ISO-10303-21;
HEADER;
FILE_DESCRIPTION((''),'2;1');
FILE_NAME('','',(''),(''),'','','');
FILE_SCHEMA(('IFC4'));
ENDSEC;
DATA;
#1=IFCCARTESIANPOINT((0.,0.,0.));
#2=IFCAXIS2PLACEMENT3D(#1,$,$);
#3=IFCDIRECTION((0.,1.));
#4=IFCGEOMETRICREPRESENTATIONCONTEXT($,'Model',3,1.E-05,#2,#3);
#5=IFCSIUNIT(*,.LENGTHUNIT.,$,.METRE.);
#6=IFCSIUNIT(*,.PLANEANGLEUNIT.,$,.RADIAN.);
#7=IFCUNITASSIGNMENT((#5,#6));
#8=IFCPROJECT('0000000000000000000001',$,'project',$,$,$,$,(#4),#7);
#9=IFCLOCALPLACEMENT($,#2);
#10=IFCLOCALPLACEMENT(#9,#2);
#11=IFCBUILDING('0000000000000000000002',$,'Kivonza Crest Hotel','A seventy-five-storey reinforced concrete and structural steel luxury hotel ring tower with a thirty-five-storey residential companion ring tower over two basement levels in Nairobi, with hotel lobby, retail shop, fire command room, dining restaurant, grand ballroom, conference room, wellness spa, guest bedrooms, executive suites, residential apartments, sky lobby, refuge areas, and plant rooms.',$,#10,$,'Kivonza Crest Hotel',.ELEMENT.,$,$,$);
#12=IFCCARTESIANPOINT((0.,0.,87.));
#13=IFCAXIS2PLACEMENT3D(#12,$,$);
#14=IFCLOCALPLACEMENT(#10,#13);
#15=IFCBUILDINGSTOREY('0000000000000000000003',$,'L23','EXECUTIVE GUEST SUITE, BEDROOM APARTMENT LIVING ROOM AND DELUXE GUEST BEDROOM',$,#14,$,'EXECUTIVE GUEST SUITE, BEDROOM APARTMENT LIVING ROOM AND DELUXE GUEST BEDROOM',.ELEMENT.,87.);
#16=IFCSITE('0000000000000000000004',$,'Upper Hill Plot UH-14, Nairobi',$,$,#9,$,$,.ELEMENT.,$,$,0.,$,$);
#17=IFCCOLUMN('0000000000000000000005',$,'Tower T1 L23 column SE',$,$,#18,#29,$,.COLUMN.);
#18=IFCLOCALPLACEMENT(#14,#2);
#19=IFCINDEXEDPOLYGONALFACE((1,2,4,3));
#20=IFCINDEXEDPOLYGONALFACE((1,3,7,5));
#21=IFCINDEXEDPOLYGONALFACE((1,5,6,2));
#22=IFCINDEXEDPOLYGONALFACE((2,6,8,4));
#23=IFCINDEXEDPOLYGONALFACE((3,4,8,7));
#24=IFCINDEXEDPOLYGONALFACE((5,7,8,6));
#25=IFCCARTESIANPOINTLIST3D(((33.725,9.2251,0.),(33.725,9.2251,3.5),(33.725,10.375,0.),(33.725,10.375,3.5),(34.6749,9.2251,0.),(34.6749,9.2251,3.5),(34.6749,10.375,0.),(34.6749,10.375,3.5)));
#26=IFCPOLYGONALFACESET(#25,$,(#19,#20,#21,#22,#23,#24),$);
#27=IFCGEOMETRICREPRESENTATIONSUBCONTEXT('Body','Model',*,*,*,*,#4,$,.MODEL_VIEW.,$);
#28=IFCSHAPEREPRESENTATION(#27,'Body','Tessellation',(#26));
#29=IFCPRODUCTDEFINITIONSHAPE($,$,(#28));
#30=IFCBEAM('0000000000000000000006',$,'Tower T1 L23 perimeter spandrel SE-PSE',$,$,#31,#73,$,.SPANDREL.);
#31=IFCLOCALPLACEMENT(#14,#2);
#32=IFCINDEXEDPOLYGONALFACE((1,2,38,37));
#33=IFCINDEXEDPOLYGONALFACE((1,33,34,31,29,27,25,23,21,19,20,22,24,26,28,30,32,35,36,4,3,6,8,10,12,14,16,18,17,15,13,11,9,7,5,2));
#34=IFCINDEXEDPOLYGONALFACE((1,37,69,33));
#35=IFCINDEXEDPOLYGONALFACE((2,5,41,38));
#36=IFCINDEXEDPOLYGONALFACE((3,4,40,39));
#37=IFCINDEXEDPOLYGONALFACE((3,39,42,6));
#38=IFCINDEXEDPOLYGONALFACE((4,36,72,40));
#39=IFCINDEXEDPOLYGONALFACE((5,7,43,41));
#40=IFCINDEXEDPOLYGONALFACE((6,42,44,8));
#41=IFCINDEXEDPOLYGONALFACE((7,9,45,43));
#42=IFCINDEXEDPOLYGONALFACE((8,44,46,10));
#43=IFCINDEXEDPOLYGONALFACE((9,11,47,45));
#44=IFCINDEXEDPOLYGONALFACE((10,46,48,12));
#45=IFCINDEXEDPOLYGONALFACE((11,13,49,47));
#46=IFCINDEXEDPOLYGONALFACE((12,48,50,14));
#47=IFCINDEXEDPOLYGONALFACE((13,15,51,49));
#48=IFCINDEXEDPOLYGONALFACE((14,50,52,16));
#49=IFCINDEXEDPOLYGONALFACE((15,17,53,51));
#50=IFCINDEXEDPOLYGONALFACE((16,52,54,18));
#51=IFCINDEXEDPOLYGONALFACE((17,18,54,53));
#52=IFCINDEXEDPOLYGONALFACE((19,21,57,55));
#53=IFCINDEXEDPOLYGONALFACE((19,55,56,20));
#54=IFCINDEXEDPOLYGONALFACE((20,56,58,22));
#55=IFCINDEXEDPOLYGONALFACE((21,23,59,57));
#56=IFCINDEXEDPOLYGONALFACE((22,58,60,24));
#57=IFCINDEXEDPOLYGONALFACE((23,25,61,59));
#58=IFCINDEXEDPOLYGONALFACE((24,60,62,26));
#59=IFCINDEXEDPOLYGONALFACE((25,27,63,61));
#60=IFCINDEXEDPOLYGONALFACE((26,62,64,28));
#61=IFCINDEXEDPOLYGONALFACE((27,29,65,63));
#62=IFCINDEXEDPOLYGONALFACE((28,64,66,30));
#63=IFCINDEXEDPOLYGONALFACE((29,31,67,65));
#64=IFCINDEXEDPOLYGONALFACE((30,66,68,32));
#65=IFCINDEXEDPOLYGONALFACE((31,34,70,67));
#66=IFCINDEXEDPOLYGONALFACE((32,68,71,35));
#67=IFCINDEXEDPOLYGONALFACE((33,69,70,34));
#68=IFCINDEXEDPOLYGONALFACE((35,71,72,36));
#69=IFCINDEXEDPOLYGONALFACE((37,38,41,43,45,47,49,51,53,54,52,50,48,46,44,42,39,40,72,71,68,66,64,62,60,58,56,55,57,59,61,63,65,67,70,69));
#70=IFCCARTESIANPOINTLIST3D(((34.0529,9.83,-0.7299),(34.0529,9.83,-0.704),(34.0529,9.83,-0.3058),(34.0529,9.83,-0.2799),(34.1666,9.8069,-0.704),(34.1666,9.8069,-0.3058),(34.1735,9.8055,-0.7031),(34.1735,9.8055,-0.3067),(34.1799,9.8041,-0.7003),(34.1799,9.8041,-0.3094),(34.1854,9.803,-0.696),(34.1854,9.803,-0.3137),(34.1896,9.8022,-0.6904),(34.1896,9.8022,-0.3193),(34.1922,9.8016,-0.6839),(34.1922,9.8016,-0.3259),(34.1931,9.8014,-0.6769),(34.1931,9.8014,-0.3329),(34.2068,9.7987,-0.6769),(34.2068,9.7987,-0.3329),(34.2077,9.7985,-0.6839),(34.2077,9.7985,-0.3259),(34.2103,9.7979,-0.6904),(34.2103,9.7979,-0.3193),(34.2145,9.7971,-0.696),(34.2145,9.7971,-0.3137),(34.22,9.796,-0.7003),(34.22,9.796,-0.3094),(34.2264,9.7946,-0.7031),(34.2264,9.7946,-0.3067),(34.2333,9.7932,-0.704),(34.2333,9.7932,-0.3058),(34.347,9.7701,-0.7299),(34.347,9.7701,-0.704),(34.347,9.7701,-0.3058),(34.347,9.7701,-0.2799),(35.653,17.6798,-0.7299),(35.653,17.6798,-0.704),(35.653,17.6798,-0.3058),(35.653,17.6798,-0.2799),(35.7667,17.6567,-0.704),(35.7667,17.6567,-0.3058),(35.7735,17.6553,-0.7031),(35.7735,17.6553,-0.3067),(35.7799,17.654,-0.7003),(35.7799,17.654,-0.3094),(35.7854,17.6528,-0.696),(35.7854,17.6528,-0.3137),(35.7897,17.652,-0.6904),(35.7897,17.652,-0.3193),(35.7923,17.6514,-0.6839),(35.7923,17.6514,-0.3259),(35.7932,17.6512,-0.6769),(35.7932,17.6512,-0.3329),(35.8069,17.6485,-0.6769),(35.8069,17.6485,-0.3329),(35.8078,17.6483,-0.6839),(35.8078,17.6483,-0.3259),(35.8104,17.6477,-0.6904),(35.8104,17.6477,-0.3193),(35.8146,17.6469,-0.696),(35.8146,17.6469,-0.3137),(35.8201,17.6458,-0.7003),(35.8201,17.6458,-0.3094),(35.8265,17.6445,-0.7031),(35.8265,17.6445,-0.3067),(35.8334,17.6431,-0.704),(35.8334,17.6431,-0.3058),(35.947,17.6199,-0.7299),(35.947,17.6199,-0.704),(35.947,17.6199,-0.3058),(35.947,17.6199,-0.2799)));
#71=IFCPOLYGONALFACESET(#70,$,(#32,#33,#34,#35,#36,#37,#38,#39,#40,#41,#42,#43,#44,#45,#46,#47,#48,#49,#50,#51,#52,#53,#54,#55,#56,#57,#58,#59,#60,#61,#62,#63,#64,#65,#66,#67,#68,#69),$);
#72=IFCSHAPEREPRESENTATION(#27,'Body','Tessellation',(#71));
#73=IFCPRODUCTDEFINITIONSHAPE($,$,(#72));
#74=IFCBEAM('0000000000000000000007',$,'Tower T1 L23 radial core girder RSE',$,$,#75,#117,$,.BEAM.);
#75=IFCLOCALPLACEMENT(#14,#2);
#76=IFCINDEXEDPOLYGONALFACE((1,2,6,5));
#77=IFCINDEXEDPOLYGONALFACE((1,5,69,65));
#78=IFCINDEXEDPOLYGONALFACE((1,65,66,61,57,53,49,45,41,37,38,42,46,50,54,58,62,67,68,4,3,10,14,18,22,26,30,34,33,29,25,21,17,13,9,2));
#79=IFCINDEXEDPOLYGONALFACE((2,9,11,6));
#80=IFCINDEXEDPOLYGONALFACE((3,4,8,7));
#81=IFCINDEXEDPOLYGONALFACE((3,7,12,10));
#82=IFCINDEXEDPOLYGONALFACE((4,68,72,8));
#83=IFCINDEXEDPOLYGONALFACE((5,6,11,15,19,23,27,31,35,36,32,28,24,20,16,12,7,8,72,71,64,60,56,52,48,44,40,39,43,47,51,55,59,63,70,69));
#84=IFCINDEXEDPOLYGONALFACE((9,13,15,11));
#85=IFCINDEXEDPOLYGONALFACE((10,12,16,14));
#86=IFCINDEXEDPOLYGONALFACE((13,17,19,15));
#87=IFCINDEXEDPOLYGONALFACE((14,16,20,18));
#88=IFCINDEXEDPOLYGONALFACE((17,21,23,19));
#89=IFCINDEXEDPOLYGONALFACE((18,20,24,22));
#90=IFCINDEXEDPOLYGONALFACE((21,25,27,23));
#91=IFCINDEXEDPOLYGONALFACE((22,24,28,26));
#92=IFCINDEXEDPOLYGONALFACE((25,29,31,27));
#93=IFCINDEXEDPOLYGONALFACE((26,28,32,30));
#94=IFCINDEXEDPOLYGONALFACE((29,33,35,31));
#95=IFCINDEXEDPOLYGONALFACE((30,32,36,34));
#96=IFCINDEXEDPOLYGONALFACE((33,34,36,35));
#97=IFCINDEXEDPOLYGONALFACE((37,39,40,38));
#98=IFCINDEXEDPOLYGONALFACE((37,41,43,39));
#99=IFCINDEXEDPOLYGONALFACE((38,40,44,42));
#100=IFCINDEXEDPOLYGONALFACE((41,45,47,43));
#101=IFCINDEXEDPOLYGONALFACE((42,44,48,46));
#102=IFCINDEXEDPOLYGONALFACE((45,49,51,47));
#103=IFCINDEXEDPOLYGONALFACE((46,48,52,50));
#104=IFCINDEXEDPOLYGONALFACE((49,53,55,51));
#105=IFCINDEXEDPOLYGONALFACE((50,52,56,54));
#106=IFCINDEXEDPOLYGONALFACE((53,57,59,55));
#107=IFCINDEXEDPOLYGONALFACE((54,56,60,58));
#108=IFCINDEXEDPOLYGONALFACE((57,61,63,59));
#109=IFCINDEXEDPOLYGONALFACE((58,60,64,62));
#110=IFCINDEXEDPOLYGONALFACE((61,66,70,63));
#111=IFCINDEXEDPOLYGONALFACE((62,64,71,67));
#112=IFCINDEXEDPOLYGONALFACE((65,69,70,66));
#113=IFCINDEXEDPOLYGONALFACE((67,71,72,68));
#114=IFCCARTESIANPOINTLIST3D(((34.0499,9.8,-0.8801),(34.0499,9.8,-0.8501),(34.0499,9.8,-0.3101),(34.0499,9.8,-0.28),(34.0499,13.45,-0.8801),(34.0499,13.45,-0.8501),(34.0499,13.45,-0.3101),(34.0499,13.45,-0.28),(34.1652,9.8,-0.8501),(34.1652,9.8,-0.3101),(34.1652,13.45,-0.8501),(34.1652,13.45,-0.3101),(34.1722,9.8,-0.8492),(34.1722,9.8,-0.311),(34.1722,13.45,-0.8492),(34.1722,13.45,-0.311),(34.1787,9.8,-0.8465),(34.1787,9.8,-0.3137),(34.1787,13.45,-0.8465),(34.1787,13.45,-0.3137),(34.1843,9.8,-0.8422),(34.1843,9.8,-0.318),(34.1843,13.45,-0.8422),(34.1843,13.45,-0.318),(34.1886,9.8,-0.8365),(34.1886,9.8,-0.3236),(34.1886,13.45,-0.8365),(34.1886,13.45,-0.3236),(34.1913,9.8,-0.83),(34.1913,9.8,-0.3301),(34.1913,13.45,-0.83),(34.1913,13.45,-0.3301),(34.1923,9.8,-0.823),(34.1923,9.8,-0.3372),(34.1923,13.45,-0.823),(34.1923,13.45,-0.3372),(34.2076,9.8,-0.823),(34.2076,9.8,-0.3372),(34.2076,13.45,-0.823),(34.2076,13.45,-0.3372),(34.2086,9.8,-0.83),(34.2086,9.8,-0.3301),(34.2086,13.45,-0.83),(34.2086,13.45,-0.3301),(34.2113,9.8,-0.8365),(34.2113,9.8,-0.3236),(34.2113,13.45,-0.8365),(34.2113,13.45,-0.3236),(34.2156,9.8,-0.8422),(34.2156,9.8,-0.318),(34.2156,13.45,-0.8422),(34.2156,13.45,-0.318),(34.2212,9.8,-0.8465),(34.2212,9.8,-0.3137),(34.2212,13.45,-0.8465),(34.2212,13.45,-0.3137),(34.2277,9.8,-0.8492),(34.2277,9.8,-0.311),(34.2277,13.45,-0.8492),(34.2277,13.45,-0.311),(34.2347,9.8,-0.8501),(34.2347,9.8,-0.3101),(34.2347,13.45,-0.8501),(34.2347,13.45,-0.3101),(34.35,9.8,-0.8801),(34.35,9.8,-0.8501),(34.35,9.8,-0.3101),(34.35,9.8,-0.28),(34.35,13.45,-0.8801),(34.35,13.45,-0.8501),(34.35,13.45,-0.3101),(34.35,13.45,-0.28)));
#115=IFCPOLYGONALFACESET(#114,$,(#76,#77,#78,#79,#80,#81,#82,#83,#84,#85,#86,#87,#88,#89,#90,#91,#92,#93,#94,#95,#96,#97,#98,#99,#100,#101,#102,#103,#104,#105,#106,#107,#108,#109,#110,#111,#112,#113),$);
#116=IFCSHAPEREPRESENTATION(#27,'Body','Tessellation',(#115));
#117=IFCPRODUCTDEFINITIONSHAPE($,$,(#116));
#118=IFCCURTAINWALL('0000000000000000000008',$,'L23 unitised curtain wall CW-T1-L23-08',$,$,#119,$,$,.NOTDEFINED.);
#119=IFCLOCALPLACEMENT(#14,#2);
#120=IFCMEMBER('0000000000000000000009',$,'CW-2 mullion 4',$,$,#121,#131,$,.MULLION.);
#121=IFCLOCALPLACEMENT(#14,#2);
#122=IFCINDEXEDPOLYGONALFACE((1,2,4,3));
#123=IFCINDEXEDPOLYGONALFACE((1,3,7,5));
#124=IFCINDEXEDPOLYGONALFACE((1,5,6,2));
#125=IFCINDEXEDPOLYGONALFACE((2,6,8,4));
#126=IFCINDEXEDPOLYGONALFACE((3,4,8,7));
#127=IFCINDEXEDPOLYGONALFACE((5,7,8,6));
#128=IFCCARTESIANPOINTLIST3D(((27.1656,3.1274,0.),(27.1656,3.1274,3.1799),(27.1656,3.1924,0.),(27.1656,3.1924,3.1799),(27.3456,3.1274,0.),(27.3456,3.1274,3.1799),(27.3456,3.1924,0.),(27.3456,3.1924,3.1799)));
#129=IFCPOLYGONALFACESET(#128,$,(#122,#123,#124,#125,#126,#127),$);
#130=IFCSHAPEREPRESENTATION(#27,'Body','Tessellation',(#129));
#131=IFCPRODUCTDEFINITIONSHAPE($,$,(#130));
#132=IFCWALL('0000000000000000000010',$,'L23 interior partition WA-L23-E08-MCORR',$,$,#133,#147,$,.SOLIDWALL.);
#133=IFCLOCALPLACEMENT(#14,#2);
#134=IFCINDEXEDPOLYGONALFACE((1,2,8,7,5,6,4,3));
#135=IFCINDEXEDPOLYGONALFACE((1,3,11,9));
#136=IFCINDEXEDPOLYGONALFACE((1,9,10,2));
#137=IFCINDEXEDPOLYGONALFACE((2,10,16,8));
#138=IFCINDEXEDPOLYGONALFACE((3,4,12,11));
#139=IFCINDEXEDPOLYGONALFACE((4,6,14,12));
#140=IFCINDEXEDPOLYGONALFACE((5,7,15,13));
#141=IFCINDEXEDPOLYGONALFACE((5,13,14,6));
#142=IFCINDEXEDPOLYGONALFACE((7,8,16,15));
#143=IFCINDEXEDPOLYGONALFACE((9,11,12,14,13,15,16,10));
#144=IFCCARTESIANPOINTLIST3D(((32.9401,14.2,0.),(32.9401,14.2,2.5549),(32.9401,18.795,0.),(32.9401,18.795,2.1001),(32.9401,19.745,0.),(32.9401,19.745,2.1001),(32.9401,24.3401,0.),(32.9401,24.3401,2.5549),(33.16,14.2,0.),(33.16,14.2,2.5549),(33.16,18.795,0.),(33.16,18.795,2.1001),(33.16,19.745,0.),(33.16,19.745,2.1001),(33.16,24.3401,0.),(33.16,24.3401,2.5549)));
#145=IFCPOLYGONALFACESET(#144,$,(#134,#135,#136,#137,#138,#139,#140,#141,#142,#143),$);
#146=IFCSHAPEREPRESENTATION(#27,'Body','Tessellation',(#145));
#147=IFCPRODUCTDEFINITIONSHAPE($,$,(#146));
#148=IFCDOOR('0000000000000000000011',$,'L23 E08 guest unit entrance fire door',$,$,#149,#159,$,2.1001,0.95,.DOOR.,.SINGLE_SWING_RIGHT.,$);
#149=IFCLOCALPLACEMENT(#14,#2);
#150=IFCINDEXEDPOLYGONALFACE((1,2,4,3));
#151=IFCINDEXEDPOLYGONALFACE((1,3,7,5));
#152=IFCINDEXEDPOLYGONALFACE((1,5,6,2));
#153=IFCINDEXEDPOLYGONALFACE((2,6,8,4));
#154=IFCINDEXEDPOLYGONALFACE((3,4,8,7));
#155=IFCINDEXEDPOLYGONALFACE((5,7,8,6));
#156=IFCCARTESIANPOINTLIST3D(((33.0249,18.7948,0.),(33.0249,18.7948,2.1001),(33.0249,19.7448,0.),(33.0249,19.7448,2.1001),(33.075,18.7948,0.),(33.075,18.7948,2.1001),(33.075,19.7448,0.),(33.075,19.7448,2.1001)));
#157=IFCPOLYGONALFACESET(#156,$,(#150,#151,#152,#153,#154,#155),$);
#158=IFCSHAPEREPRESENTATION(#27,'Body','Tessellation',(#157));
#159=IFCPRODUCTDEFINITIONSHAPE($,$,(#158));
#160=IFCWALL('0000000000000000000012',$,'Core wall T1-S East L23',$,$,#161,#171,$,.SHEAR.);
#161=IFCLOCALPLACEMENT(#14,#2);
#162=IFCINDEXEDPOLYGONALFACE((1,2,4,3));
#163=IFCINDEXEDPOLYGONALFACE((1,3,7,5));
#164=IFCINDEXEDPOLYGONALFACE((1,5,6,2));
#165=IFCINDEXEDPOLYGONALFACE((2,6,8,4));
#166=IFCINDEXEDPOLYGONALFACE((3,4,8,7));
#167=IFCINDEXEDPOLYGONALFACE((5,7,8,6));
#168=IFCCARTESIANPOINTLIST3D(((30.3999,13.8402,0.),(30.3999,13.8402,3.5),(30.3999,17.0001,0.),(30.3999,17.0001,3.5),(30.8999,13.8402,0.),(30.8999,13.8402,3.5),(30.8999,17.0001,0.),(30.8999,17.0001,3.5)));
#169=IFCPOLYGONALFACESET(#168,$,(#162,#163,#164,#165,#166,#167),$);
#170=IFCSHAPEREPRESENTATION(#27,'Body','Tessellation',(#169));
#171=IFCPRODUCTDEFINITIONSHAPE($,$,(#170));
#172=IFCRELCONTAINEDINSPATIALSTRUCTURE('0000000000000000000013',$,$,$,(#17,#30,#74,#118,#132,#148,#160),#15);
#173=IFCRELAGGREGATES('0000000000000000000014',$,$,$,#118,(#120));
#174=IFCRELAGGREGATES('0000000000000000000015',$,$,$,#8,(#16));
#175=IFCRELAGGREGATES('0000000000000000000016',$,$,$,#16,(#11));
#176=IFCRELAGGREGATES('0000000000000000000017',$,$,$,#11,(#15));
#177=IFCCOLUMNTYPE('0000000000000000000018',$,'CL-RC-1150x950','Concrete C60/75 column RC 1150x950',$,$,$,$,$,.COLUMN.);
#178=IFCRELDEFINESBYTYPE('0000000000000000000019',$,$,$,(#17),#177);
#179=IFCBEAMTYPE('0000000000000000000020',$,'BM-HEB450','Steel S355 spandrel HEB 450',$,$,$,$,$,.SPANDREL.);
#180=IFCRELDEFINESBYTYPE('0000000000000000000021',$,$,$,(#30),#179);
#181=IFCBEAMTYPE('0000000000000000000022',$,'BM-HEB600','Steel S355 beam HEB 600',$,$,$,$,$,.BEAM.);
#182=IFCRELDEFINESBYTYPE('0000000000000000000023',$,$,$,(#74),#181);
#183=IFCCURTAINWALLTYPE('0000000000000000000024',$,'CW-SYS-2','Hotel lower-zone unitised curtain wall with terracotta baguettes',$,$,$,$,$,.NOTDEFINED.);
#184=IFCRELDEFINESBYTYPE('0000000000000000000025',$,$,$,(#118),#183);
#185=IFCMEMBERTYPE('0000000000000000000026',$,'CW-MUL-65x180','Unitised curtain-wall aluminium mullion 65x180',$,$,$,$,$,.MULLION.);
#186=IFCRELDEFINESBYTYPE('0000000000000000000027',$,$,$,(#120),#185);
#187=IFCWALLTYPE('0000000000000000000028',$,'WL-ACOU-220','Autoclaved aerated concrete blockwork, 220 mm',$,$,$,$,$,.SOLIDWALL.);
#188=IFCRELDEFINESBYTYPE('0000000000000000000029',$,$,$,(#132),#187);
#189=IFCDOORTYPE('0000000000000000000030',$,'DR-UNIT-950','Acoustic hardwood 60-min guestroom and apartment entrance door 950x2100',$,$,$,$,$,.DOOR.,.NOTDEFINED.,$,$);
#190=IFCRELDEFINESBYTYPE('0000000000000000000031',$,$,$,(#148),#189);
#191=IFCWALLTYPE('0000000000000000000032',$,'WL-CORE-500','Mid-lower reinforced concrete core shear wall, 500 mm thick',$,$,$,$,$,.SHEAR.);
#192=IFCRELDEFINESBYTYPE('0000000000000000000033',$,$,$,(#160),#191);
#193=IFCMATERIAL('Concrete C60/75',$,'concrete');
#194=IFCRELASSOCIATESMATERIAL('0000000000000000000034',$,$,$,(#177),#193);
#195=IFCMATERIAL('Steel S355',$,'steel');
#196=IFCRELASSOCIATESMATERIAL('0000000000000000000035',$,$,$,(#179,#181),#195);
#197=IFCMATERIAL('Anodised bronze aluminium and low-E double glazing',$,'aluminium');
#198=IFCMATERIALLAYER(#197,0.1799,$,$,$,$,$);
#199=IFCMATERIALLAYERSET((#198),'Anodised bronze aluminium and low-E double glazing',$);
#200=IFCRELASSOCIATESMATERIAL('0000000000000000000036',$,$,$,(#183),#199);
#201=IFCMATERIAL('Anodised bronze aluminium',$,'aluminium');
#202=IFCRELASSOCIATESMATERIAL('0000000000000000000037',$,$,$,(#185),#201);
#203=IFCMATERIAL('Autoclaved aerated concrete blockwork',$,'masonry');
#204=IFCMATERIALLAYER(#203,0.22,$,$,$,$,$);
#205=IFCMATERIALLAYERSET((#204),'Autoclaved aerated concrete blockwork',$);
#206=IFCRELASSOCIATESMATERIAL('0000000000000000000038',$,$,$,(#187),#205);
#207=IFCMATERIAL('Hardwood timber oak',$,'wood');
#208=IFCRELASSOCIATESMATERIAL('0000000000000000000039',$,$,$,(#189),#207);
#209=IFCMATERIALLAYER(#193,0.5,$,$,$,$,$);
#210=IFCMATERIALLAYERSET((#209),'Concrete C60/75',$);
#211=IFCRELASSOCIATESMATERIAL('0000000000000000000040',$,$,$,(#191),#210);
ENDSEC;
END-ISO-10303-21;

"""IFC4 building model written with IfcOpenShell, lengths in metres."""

from ifc_helpers import new_model, si_unit, direction, frame, frame_2d, origin, origin_2d, place, context, subcontext, project, spatial, rectangle, i_section, extrude, material, layer, layer_set, material_profile, profile_set, type_object, element, fill, aggregate, save


model = new_model("IFC4")

# Units and contexts
model_context = context("Model", 3, precision=1e-05, world=origin(), true_north=direction((0.0, 1.0)))
body_context = subcontext(model_context, "Body", "Model", "MODEL_VIEW")
ifc_project = project(units=[si_unit("LENGTHUNIT", "METRE"), si_unit("PLANEANGLEUNIT", "RADIAN")], contexts=[model_context])

# Site, building, storey
site_placement = place(None, origin())
site = spatial("IfcSite", under=ifc_project, at=site_placement, Name="Upper Hill Plot UH-14, Nairobi", CompositionType="ELEMENT", RefElevation=0.0)
building_placement = place(site_placement, origin())
building = spatial("IfcBuilding", under=site, at=building_placement, Name="Kivonza Crest Hotel", Description="A seventy-five-storey reinforced concrete and structural steel luxury hotel ring tower with a thirty-five-storey residential companion ring tower over two basement levels in Nairobi, with hotel lobby, retail shop, fire command room, dining restaurant, grand ballroom, conference room, wellness spa, guest bedrooms, executive suites, residential apartments, sky lobby, refuge areas, and plant rooms.", LongName="Kivonza Crest Hotel", CompositionType="ELEMENT")
storey_placement = place(building_placement, frame((0.0, 0.0, 87.0)))
storey = spatial("IfcBuildingStorey", under=building, at=storey_placement, Name="L23", Description="EXECUTIVE GUEST SUITE, BEDROOM APARTMENT LIVING ROOM AND DELUXE GUEST BEDROOM", LongName="EXECUTIVE GUEST SUITE, BEDROOM APARTMENT LIVING ROOM AND DELUXE GUEST BEDROOM", CompositionType="ELEMENT", Elevation=87.0)

# Column
ifc_material_1 = material(Name="Concrete C60/75", Category="concrete")
ifc_material_profile_1 = material_profile(ifc_material_1, rectangle(XDim=0.95, YDim=1.1499, at=origin_2d()), Name="RC 1150x950")
ifc_profile_set_1 = profile_set([ifc_material_profile_1], Name="Concrete C60/75")
column_type = type_object("IfcColumnType", Name="CL-RC-1150x950", Description="Concrete C60/75 column RC 1150x950", PredefinedType="COLUMN", material=ifc_profile_set_1)
column_placement = place(storey_placement, frame((34.2, 9.8, 0.0), z_axis=(0.0, 0.0, 1.0), x_axis=(1.0, 0.0, 0.0)))
element("IfcColumn", 1, at=column_placement, inside=storey, type_object=column_type, Name="Tower T1 L23 column SE", PredefinedType="COLUMN", context=body_context, shape_type="SweptSolid", body=[
    extrude(rectangle(XDim=0.95, YDim=1.1499, at=origin_2d()), origin(), (0.0, 0.0, 1.0), 3.5),
])

# Beams
ifc_material_2 = material(Name="Steel S355", Category="steel")
ifc_material_profile_2 = material_profile(ifc_material_2, i_section(OverallWidth=0.3, OverallDepth=0.45, WebThickness=0.0139, FlangeThickness=0.0259, FilletRadius=0.0271, at=origin_2d()), Name="HEB 450")
ifc_profile_set_2 = profile_set([ifc_material_profile_2], Name="Steel S355")
beam_type_1 = type_object("IfcBeamType", Name="BM-HEB450", Description="Steel S355 spandrel HEB 450", PredefinedType="SPANDREL", material=ifc_profile_set_2)
beam_1_placement = place(storey_placement, frame((34.2, 9.8, -0.5049), z_axis=(0.199731, 0.979851, 0.0), x_axis=(-0.979851, 0.199731, 0.0)))
element("IfcBeam", 2, at=beam_1_placement, inside=storey, type_object=beam_type_1, Name="Tower T1 L23 perimeter spandrel SE-PSE", PredefinedType="SPANDREL", context=body_context, shape_type="SweptSolid", body=[
    extrude(i_section(OverallWidth=0.3, OverallDepth=0.45, WebThickness=0.0139, FlangeThickness=0.0259, FilletRadius=0.0271, at=origin_2d()), origin(), (0.0, 0.0, 1.0), 8.0112),
])
ifc_material_profile_3 = material_profile(ifc_material_2, i_section(OverallWidth=0.3, OverallDepth=0.6001, WebThickness=0.0154, FlangeThickness=0.03, FilletRadius=0.0271, at=origin_2d()), Name="HEB 600")
ifc_profile_set_3 = profile_set([ifc_material_profile_3], Name="Steel S355")
beam_type_2 = type_object("IfcBeamType", Name="BM-HEB600", Description="Steel S355 beam HEB 600", PredefinedType="BEAM", material=ifc_profile_set_3)
beam_2_placement = place(storey_placement, frame((34.2, 9.8, -0.5801), z_axis=(0.0, 1.0, 0.0), x_axis=(-1.0, 0.0, 0.0)))
element("IfcBeam", 3, at=beam_2_placement, inside=storey, type_object=beam_type_2, Name="Tower T1 L23 radial core girder RSE", PredefinedType="BEAM", context=body_context, shape_type="SweptSolid", body=[
    extrude(i_section(OverallWidth=0.3, OverallDepth=0.6001, WebThickness=0.0154, FlangeThickness=0.03, FilletRadius=0.0271, at=origin_2d()), origin(), (0.0, 0.0, 1.0), 3.6499),
])

# Curtain wall, member
ifc_material_3 = material(Name="Anodised bronze aluminium and low-E double glazing", Category="aluminium")
ifc_layer_1 = layer(ifc_material_3, 0.1799)
ifc_layer_set_1 = layer_set([ifc_layer_1], Name="Anodised bronze aluminium and low-E double glazing")
curtain_wall_type = type_object("IfcCurtainWallType", Name="CW-SYS-2", Description="Hotel lower-zone unitised curtain wall with terracotta baguettes", PredefinedType="NOTDEFINED", material=ifc_layer_set_1)
curtain_wall_placement = place(storey_placement, origin())
curtain_wall = element("IfcCurtainWall", 4, at=curtain_wall_placement, inside=storey, type_object=curtain_wall_type, Name="L23 unitised curtain wall CW-T1-L23-08", PredefinedType="NOTDEFINED")
ifc_material_4 = material(Name="Anodised bronze aluminium", Category="aluminium")
ifc_material_profile_4 = material_profile(ifc_material_4, rectangle(XDim=0.0649, YDim=0.1799, at=origin_2d()), Name="CW-M 65x180")
ifc_profile_set_4 = profile_set([ifc_material_profile_4], Name="Anodised bronze aluminium")
member_type = type_object("IfcMemberType", Name="CW-MUL-65x180", Description="Unitised curtain-wall aluminium mullion 65x180", PredefinedType="MULLION", material=ifc_profile_set_4)
member_placement = place(storey_placement, frame((27.2556, 3.1599, 0.0), z_axis=(0.0, 0.0, 1.0), x_axis=(0.0, 1.0, 0.0)))
member = element("IfcMember", 5, at=member_placement, type_object=member_type, Name="CW-2 mullion 4", PredefinedType="MULLION", context=body_context, shape_type="SweptSolid", body=[
    extrude(rectangle(XDim=0.0649, YDim=0.1799, at=origin_2d()), origin(), (0.0, 0.0, 1.0), 3.1799),
])
aggregate(curtain_wall, [member])

# Wall, opening, door
ifc_material_5 = material(Name="Autoclaved aerated concrete blockwork", Category="masonry")
ifc_layer_2 = layer(ifc_material_5, 0.22)
ifc_layer_set_2 = layer_set([ifc_layer_2], Name="Autoclaved aerated concrete blockwork")
wall_type_1 = type_object("IfcWallType", Name="WL-ACOU-220", Description="Autoclaved aerated concrete blockwork, 220 mm", PredefinedType="SOLIDWALL", material=ifc_layer_set_2)
wall_1_placement = place(storey_placement, frame((33.05, 14.2, 0.0), z_axis=(0.0, 0.0, 1.0), x_axis=(0.0, 1.0, 0.0)))
wall_1 = element("IfcWall", 6, at=wall_1_placement, inside=storey, type_object=wall_type_1, Name="L23 interior partition WA-L23-E08-MCORR", PredefinedType="SOLIDWALL", context=body_context, shape_type="SweptSolid", body=[
    extrude(rectangle(XDim=10.1401, YDim=0.22, at=frame_2d((5.0701, 0.0))), origin(), (0.0, 0.0, 1.0), 2.5549),
])
opening_1_placement = place(wall_1_placement, frame((4.595, 0.0, 0.0)))
opening_1 = element("IfcOpeningElement", 7, at=opening_1_placement, cuts=wall_1, PredefinedType="OPENING", context=body_context, shape_type="SweptSolid", body=[
    extrude(rectangle(XDim=0.95, YDim=2.1001, at=frame_2d((0.4751, 1.05))), frame((0.0, 0.1201, 0.0), z_axis=(0.0, -1.0, 0.0), x_axis=(1.0, 0.0, 0.0)), (0.0, 0.0, 1.0), 0.24),
])
ifc_material_6 = material(Name="Hardwood timber oak", Category="wood")
door_type = type_object("IfcDoorType", Name="DR-UNIT-950", Description="Acoustic hardwood 60-min guestroom and apartment entrance door 950x2100", OperationType="NOTDEFINED", PredefinedType="DOOR", material=ifc_material_6)
door_placement = place(opening_1_placement, frame((0.95, 0.0, 0.0), z_axis=(0.0, 0.0, 1.0), x_axis=(-1.0, 0.0, 0.0)))
door = element("IfcDoor", 8, at=door_placement, inside=storey, type_object=door_type, Name="L23 E08 guest unit entrance fire door", OperationType="SINGLE_SWING_RIGHT", OverallHeight=2.1001, OverallWidth=0.95, PredefinedType="DOOR", context=body_context, shape_type="SweptSolid", body=[
    extrude(rectangle(XDim=0.95, YDim=2.1001, at=frame_2d((0.4751, 1.05))), frame((0.0, 0.0249, 0.0), z_axis=(0.0, -1.0, 0.0), x_axis=(1.0, 0.0, 0.0)), (0.0, 0.0, 1.0), 0.05),
])
fill(opening_1, door)

# Wall
ifc_layer_3 = layer(ifc_material_1, 0.5)
ifc_layer_set_3 = layer_set([ifc_layer_3], Name="Concrete C60/75")
wall_type_2 = type_object("IfcWallType", Name="WL-CORE-500", Description="Mid-lower reinforced concrete core shear wall, 500 mm thick", PredefinedType="SHEAR", material=ifc_layer_set_3)
wall_2_placement = place(storey_placement, frame((30.6499, 13.8401, 0.0), z_axis=(0.0, 0.0, 1.0), x_axis=(0.0, 1.0, 0.0)))
element("IfcWall", 9, at=wall_2_placement, inside=storey, type_object=wall_type_2, Name="Core wall T1-S East L23", PredefinedType="SHEAR", context=body_context, shape_type="SweptSolid", body=[
    extrude(rectangle(XDim=3.1599, YDim=0.5, at=frame_2d((1.5801, 0.0))), origin(), (0.0, 0.0, 1.0), 3.5),
])

save(model, "model.ifc")
